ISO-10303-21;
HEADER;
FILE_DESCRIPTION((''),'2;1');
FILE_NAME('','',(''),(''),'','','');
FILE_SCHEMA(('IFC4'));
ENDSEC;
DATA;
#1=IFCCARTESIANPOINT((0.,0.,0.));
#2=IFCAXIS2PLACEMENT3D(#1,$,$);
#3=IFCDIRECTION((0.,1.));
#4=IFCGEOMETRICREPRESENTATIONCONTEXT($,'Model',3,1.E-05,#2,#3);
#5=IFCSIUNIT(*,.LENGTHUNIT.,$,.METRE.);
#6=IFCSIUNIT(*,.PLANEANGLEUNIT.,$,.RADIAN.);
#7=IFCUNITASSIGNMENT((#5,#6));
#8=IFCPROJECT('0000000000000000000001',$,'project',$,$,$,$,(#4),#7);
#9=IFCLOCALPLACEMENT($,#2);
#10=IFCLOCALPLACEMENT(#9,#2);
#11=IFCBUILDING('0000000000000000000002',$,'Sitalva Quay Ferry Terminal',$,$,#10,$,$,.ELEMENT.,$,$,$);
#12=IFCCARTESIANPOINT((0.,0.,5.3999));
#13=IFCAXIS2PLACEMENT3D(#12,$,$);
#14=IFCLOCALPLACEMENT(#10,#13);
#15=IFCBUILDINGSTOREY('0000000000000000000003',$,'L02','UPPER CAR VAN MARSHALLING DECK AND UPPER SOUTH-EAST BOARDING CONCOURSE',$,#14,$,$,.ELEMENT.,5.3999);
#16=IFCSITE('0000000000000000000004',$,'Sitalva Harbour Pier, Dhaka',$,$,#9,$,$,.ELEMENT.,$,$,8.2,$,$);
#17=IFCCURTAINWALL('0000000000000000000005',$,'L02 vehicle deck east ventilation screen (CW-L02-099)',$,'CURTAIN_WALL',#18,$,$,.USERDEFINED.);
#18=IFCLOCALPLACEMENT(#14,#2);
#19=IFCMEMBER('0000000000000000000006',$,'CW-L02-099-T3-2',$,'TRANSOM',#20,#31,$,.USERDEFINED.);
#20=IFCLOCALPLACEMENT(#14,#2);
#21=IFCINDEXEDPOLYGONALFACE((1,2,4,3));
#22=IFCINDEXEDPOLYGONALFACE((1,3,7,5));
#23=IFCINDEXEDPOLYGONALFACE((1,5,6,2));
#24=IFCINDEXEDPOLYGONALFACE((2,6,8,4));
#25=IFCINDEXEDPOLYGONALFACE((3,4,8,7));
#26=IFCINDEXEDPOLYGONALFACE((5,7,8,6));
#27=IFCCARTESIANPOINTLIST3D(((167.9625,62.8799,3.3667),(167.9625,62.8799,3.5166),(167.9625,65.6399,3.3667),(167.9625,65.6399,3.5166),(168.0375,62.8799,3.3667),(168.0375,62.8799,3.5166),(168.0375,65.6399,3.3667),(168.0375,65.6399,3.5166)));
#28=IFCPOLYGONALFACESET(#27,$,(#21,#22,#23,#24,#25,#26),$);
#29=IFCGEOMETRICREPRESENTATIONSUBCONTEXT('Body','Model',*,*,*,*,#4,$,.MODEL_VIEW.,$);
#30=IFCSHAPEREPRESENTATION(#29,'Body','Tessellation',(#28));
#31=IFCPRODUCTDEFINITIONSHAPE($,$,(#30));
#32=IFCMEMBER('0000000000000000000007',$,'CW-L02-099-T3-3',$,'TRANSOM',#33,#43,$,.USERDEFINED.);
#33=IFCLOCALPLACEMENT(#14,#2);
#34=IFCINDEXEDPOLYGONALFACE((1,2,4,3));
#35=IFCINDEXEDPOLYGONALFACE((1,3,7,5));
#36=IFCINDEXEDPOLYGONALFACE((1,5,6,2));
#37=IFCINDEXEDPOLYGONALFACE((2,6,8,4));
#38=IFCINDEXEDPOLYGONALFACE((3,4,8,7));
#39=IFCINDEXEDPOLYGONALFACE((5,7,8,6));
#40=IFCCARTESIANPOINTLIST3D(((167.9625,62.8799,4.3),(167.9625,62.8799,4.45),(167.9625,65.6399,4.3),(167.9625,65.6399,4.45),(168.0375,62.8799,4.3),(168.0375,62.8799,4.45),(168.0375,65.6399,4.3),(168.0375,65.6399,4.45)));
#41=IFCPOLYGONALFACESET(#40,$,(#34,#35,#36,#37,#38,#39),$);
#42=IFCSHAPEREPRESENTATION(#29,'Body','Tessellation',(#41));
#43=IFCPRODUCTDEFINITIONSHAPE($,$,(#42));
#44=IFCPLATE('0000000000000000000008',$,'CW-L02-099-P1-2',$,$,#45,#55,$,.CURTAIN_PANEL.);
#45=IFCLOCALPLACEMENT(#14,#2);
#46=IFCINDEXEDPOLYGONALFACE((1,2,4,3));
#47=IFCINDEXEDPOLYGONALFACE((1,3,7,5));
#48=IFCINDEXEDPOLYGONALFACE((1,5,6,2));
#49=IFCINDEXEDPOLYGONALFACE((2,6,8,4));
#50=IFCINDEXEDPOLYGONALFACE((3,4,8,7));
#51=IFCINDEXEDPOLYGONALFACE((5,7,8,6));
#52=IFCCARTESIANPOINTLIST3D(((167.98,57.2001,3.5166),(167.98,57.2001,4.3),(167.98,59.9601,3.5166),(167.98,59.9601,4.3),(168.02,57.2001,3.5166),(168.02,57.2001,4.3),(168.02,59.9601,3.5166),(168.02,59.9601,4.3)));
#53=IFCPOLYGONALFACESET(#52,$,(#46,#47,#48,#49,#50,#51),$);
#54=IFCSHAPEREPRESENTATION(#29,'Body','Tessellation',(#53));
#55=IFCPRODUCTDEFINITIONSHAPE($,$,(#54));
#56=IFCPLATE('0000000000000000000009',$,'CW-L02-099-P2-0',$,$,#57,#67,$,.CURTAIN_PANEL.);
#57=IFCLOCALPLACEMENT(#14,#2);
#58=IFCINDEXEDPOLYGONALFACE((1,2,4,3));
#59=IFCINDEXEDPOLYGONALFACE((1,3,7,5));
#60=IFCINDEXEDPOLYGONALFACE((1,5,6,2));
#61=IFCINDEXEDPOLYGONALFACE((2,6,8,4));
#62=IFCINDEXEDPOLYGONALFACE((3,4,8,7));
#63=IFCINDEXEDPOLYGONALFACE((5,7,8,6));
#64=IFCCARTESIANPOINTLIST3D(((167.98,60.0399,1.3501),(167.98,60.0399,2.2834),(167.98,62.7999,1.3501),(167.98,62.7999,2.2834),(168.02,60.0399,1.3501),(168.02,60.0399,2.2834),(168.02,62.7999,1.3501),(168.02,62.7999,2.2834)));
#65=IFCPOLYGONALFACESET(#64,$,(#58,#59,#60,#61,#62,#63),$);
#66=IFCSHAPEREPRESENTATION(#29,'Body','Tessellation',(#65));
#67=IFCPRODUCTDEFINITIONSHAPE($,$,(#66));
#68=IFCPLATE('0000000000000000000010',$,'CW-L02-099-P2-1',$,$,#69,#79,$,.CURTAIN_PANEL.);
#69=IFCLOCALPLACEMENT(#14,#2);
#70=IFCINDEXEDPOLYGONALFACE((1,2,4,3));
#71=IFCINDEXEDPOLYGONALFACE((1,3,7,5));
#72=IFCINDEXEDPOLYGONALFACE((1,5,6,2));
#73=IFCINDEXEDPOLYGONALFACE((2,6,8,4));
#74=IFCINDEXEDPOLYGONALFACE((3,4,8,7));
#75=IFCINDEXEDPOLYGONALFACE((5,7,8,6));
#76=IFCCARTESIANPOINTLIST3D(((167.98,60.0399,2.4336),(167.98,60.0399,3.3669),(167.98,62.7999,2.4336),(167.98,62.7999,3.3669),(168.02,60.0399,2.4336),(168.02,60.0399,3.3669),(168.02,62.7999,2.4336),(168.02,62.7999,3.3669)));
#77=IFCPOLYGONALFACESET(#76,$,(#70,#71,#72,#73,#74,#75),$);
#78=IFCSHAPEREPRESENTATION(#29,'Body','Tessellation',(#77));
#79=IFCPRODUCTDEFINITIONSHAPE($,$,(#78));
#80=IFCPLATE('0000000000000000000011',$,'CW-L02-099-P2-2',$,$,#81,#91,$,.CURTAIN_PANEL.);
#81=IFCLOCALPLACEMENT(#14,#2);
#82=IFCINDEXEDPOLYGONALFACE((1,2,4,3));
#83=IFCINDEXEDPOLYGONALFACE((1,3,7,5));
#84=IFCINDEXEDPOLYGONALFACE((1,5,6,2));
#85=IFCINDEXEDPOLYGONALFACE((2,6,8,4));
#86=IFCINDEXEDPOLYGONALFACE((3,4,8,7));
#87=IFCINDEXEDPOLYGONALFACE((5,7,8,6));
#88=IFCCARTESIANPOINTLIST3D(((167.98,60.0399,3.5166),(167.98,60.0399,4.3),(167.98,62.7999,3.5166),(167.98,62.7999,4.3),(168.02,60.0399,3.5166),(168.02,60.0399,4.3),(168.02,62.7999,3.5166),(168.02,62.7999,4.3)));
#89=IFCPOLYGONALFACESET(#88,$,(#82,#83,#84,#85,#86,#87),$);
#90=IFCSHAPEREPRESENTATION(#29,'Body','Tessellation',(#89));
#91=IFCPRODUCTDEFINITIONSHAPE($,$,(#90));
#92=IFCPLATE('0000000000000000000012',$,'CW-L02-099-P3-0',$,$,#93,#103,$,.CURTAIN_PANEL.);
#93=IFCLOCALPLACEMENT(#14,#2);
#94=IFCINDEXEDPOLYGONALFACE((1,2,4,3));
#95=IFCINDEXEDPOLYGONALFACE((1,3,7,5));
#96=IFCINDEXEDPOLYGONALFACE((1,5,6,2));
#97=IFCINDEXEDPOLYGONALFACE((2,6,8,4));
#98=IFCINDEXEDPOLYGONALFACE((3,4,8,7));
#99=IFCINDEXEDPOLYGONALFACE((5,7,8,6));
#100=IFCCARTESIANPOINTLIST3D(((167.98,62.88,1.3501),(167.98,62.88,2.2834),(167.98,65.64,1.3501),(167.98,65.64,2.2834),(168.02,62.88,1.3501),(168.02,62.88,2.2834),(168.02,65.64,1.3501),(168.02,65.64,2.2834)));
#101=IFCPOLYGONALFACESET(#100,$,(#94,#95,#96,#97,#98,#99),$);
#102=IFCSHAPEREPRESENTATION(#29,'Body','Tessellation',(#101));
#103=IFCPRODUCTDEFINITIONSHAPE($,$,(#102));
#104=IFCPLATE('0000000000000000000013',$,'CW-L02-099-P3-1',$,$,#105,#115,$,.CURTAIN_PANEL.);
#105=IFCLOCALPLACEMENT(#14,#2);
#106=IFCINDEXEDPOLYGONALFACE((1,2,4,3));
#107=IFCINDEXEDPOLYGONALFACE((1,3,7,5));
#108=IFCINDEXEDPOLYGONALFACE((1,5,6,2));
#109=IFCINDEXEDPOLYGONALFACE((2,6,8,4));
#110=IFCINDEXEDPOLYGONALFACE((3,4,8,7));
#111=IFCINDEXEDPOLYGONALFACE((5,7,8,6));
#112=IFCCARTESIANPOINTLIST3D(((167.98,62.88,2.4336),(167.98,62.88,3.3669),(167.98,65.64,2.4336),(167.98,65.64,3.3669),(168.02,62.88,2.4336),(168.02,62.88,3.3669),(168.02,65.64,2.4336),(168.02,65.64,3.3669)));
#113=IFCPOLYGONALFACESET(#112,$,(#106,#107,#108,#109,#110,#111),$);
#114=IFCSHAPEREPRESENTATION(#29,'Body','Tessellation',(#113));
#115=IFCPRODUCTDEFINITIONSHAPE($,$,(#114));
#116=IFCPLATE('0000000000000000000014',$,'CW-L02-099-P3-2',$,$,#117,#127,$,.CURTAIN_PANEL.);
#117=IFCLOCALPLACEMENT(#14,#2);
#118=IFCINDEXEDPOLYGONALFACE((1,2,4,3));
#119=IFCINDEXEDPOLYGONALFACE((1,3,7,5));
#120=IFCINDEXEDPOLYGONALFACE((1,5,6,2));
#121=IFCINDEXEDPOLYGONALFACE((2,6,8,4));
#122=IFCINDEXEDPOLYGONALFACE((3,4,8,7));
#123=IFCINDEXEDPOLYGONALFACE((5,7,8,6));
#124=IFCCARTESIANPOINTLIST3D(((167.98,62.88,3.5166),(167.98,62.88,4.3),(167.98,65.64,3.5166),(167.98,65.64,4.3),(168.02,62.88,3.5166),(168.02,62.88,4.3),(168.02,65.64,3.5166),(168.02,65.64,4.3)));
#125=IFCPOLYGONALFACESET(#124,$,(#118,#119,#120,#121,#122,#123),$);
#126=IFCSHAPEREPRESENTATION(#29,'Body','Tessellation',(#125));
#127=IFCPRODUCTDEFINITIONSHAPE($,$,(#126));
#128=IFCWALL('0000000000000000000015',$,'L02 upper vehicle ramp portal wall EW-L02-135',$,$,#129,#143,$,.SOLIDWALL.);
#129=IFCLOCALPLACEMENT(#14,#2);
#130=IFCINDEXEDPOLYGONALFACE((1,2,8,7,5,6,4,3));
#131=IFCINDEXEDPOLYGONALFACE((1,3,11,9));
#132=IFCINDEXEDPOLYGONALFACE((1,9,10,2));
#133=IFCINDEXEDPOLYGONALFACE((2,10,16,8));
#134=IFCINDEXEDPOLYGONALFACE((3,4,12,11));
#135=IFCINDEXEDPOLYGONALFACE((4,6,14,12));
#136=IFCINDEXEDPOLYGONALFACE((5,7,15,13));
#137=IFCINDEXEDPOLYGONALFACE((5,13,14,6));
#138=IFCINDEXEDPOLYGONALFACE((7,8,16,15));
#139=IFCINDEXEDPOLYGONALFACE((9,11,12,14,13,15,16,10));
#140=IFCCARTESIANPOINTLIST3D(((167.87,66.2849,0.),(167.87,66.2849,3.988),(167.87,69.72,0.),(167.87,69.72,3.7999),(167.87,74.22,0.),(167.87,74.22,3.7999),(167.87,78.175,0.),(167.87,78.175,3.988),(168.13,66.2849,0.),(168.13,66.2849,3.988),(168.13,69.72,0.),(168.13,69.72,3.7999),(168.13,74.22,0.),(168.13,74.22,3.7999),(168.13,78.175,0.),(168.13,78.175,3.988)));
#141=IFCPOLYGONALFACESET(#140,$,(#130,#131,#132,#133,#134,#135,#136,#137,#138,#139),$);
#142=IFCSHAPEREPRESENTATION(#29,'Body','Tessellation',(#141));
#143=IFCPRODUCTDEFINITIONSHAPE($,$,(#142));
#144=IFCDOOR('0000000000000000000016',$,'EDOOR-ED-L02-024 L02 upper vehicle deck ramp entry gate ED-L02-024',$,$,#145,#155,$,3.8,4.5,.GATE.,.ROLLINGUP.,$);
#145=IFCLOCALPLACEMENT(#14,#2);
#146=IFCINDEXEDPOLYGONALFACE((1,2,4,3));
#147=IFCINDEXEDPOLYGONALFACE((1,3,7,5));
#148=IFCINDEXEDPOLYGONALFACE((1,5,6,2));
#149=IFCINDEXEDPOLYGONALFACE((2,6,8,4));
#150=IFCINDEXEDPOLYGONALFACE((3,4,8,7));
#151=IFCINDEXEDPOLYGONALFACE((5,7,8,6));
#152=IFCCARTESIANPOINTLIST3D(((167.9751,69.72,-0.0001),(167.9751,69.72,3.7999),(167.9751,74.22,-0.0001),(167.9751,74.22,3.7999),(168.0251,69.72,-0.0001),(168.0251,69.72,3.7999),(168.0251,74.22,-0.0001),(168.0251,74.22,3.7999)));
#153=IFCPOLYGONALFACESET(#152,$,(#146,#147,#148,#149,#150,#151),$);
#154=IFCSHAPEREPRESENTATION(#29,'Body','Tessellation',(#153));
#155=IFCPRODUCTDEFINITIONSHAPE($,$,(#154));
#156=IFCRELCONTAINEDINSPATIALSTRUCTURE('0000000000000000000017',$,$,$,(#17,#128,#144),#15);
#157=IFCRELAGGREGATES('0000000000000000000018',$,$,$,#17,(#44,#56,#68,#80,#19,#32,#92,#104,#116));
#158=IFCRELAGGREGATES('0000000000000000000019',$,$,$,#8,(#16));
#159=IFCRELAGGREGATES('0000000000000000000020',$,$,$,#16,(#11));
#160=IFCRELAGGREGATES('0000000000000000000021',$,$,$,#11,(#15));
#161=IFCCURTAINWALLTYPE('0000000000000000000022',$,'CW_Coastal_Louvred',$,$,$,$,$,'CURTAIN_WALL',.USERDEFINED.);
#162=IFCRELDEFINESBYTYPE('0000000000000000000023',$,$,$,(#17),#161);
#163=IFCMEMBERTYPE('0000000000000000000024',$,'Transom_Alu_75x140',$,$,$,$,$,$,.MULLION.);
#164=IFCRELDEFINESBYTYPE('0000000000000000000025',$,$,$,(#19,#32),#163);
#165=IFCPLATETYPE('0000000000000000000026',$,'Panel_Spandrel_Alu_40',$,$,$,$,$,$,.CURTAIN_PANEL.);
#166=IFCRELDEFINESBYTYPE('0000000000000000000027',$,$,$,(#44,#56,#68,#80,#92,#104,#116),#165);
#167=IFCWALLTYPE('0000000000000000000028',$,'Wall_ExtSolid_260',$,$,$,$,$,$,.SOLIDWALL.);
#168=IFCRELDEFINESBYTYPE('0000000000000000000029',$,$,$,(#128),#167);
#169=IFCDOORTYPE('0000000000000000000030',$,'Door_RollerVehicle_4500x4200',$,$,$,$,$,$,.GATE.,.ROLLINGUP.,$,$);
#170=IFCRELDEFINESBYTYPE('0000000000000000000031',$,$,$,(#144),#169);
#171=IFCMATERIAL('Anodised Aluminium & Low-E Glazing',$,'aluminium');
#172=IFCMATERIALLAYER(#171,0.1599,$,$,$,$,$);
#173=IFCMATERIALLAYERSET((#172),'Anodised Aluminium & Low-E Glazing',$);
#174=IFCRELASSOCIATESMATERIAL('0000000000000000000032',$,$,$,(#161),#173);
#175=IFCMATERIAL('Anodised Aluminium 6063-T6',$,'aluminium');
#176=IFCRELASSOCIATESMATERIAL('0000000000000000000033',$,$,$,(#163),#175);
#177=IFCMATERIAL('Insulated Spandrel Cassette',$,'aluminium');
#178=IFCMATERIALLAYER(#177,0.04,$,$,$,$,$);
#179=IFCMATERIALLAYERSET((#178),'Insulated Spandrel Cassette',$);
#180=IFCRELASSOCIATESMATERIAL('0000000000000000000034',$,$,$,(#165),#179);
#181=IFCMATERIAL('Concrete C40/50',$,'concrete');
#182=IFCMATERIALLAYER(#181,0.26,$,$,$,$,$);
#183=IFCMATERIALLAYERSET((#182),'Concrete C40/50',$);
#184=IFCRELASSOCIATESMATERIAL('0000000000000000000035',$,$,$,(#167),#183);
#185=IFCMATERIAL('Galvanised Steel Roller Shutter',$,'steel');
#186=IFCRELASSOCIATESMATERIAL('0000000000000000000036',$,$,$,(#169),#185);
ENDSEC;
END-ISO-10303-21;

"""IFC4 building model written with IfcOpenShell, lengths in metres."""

from ifc_helpers import new_model, si_unit, direction, frame, frame_2d, origin, origin_2d, place, context, subcontext, project, spatial, rectangle, extrude, material, layer, layer_set, material_profile, profile_set, type_object, element, fill, aggregate, save


model = new_model("IFC4")

# Units and contexts
model_context = context("Model", 3, precision=1e-05, world=origin(), true_north=direction((0.0, 1.0)))
body_context = subcontext(model_context, "Body", "Model", "MODEL_VIEW")
ifc_project = project(units=[si_unit("LENGTHUNIT", "METRE"), si_unit("PLANEANGLEUNIT", "RADIAN")], contexts=[model_context])

# Site, building, storey
site_placement = place(None, origin())
site = spatial("IfcSite", under=ifc_project, at=site_placement, Name="Sitalva Harbour Pier, Dhaka", CompositionType="ELEMENT", RefElevation=8.2)
building_placement = place(site_placement, origin())
building = spatial("IfcBuilding", under=site, at=building_placement, Name="Sitalva Quay Ferry Terminal", CompositionType="ELEMENT")
storey_placement = place(building_placement, frame((0.0, 0.0, 5.3999)))
storey = spatial("IfcBuildingStorey", under=building, at=storey_placement, Name="L02", Description="UPPER CAR VAN MARSHALLING DECK AND UPPER SOUTH-EAST BOARDING CONCOURSE", CompositionType="ELEMENT", Elevation=5.3999)

# Curtain wall, members, plates
ifc_material_1 = material(Name="Anodised Aluminium & Low-E Glazing", Category="aluminium")
ifc_layer_1 = layer(ifc_material_1, 0.1599)
ifc_layer_set_1 = layer_set([ifc_layer_1], Name="Anodised Aluminium & Low-E Glazing")
curtain_wall_type = type_object("IfcCurtainWallType", Name="CW_Coastal_Louvred", ElementType="CURTAIN_WALL", PredefinedType="USERDEFINED", material=ifc_layer_set_1)
curtain_wall_placement = place(storey_placement, origin())
curtain_wall = element("IfcCurtainWall", 1, at=curtain_wall_placement, inside=storey, type_object=curtain_wall_type, Name="L02 vehicle deck east ventilation screen (CW-L02-099)", ObjectType="CURTAIN_WALL", PredefinedType="USERDEFINED")
ifc_material_2 = material(Name="Anodised Aluminium 6063-T6", Category="aluminium")
ifc_material_profile_1 = material_profile(ifc_material_2, rectangle(XDim=0.075, YDim=0.1499, at=origin_2d()), Name="ALU75x150")
ifc_profile_set_1 = profile_set([ifc_material_profile_1], Name="Anodised Aluminium 6063-T6")
member_type_1 = type_object("IfcMemberType", Name="Transom_Alu_75x140", PredefinedType="MULLION", material=ifc_profile_set_1)
member_1_placement = place(storey_placement, frame((168.0, 62.8799, 3.4417), z_axis=(0.0, 1.0, 0.0), x_axis=(-1.0, 0.0, 0.0)))
member_1 = element("IfcMember", 2, at=member_1_placement, type_object=member_type_1, Name="CW-L02-099-T3-2", ObjectType="TRANSOM", PredefinedType="USERDEFINED", context=body_context, shape_type="SweptSolid", body=[
    extrude(rectangle(XDim=0.075, YDim=0.1499, at=origin_2d()), origin(), (0.0, 0.0, 1.0), 2.76),
])
member_2_placement = place(storey_placement, frame((168.0, 62.8799, 4.375), z_axis=(0.0, 1.0, 0.0), x_axis=(-1.0, 0.0, 0.0)))
member_2 = element("IfcMember", 3, at=member_2_placement, type_object=member_type_1, Name="CW-L02-099-T3-3", ObjectType="TRANSOM", PredefinedType="USERDEFINED", context=body_context, shape_type="SweptSolid", body=[
    extrude(rectangle(XDim=0.075, YDim=0.1499, at=origin_2d()), origin(), (0.0, 0.0, 1.0), 2.76),
])
ifc_material_3 = material(Name="Insulated Spandrel Cassette", Category="aluminium")
ifc_layer_2 = layer(ifc_material_3, 0.04)
ifc_layer_set_2 = layer_set([ifc_layer_2], Name="Insulated Spandrel Cassette")
plate_type = type_object("IfcPlateType", Name="Panel_Spandrel_Alu_40", PredefinedType="CURTAIN_PANEL", material=ifc_layer_set_2)
plate_1_placement = place(storey_placement, frame((168.0, 58.5801, 3.5166), z_axis=(0.0, 0.0, 1.0), x_axis=(0.0, 1.0, 0.0)))
plate_1 = element("IfcPlate", 4, at=plate_1_placement, type_object=plate_type, Name="CW-L02-099-P1-2", PredefinedType="CURTAIN_PANEL", context=body_context, shape_type="SweptSolid", body=[
    extrude(rectangle(XDim=2.76, YDim=0.04, at=origin_2d()), origin(), (0.0, 0.0, 1.0), 0.7834),
])
plate_2_placement = place(storey_placement, frame((168.0, 61.4199, 1.3501), z_axis=(0.0, 0.0, 1.0), x_axis=(0.0, 1.0, 0.0)))
plate_2 = element("IfcPlate", 5, at=plate_2_placement, type_object=plate_type, Name="CW-L02-099-P2-0", PredefinedType="CURTAIN_PANEL", context=body_context, shape_type="SweptSolid", body=[
    extrude(rectangle(XDim=2.76, YDim=0.04, at=origin_2d()), origin(), (0.0, 0.0, 1.0), 0.9333),
])
plate_3_placement = place(storey_placement, frame((168.0, 61.4199, 2.4336), z_axis=(0.0, 0.0, 1.0), x_axis=(0.0, 1.0, 0.0)))
plate_3 = element("IfcPlate", 6, at=plate_3_placement, type_object=plate_type, Name="CW-L02-099-P2-1", PredefinedType="CURTAIN_PANEL", context=body_context, shape_type="SweptSolid", body=[
    extrude(rectangle(XDim=2.76, YDim=0.04, at=origin_2d()), origin(), (0.0, 0.0, 1.0), 0.9333),
])
plate_4_placement = place(storey_placement, frame((168.0, 61.4199, 3.5166), z_axis=(0.0, 0.0, 1.0), x_axis=(0.0, 1.0, 0.0)))
plate_4 = element("IfcPlate", 7, at=plate_4_placement, type_object=plate_type, Name="CW-L02-099-P2-2", PredefinedType="CURTAIN_PANEL", context=body_context, shape_type="SweptSolid", body=[
    extrude(rectangle(XDim=2.76, YDim=0.04, at=origin_2d()), origin(), (0.0, 0.0, 1.0), 0.7834),
])
plate_5_placement = place(storey_placement, frame((168.0, 64.26, 1.3501), z_axis=(0.0, 0.0, 1.0), x_axis=(0.0, 1.0, 0.0)))
plate_5 = element("IfcPlate", 8, at=plate_5_placement, type_object=plate_type, Name="CW-L02-099-P3-0", PredefinedType="CURTAIN_PANEL", context=body_context, shape_type="SweptSolid", body=[
    extrude(rectangle(XDim=2.76, YDim=0.04, at=origin_2d()), origin(), (0.0, 0.0, 1.0), 0.9333),
])
plate_6_placement = place(storey_placement, frame((168.0, 64.26, 2.4336), z_axis=(0.0, 0.0, 1.0), x_axis=(0.0, 1.0, 0.0)))
plate_6 = element("IfcPlate", 9, at=plate_6_placement, type_object=plate_type, Name="CW-L02-099-P3-1", PredefinedType="CURTAIN_PANEL", context=body_context, shape_type="SweptSolid", body=[
    extrude(rectangle(XDim=2.76, YDim=0.04, at=origin_2d()), origin(), (0.0, 0.0, 1.0), 0.9333),
])
plate_7_placement = place(storey_placement, frame((168.0, 64.26, 3.5166), z_axis=(0.0, 0.0, 1.0), x_axis=(0.0, 1.0, 0.0)))
plate_7 = element("IfcPlate", 10, at=plate_7_placement, type_object=plate_type, Name="CW-L02-099-P3-2", PredefinedType="CURTAIN_PANEL", context=body_context, shape_type="SweptSolid", body=[
    extrude(rectangle(XDim=2.76, YDim=0.04, at=origin_2d()), origin(), (0.0, 0.0, 1.0), 0.7834),
])
aggregate(curtain_wall, [plate_1, plate_2, plate_3, plate_4, member_1, member_2, plate_5, plate_6, plate_7])

# Wall, opening, door
ifc_material_4 = material(Name="Concrete C40/50", Category="concrete")
ifc_layer_3 = layer(ifc_material_4, 0.26)
ifc_layer_set_3 = layer_set([ifc_layer_3], Name="Concrete C40/50")
wall_type = type_object("IfcWallType", Name="Wall_ExtSolid_260", PredefinedType="SOLIDWALL", material=ifc_layer_set_3)
wall_placement = place(storey_placement, frame((168.0, 66.2849, 0.0), z_axis=(0.0, 0.0, 1.0), x_axis=(0.0, 1.0, 0.0)))
wall = element("IfcWall", 11, at=wall_placement, inside=storey, type_object=wall_type, Name="L02 upper vehicle ramp portal wall EW-L02-135", PredefinedType="SOLIDWALL", context=body_context, shape_type="SweptSolid", body=[
    extrude(rectangle(XDim=11.8901, YDim=0.26, at=frame_2d((5.9451, 0.0))), origin(), (0.0, 0.0, 1.0), 3.988),
])
opening_placement = place(wall_placement, frame((3.4351, 0.0, 0.0)))
opening = element("IfcOpeningElement", 12, at=opening_placement, cuts=wall, PredefinedType="OPENING", context=body_context, shape_type="SweptSolid", body=[
    extrude(rectangle(XDim=4.5, YDim=3.8, at=frame_2d((2.25, 1.8999))), frame((0.0, 0.1399, 0.0), z_axis=(0.0, -1.0, 0.0), x_axis=(1.0, 0.0, 0.0)), (0.0, 0.0, 1.0), 0.28),
])
ifc_material_5 = material(Name="Galvanised Steel Roller Shutter", Category="steel")
door_type = type_object("IfcDoorType", Name="Door_RollerVehicle_4500x4200", OperationType="ROLLINGUP", PredefinedType="GATE", material=ifc_material_5)
door_placement = place(opening_placement, origin())
door = element("IfcDoor", 13, at=door_placement, inside=storey, type_object=door_type, Name="EDOOR-ED-L02-024 L02 upper vehicle deck ramp entry gate ED-L02-024", OperationType="ROLLINGUP", OverallHeight=3.8, OverallWidth=4.5, PredefinedType="GATE", context=body_context, shape_type="SweptSolid", body=[
    extrude(rectangle(XDim=4.5, YDim=3.8, at=frame_2d((2.25, 1.8999))), frame((0.0, 0.0249, 0.0), z_axis=(0.0, -1.0, 0.0), x_axis=(1.0, 0.0, 0.0)), (0.0, 0.0, 1.0), 0.05),
])
fill(opening, door)

save(model, "model.ifc")
